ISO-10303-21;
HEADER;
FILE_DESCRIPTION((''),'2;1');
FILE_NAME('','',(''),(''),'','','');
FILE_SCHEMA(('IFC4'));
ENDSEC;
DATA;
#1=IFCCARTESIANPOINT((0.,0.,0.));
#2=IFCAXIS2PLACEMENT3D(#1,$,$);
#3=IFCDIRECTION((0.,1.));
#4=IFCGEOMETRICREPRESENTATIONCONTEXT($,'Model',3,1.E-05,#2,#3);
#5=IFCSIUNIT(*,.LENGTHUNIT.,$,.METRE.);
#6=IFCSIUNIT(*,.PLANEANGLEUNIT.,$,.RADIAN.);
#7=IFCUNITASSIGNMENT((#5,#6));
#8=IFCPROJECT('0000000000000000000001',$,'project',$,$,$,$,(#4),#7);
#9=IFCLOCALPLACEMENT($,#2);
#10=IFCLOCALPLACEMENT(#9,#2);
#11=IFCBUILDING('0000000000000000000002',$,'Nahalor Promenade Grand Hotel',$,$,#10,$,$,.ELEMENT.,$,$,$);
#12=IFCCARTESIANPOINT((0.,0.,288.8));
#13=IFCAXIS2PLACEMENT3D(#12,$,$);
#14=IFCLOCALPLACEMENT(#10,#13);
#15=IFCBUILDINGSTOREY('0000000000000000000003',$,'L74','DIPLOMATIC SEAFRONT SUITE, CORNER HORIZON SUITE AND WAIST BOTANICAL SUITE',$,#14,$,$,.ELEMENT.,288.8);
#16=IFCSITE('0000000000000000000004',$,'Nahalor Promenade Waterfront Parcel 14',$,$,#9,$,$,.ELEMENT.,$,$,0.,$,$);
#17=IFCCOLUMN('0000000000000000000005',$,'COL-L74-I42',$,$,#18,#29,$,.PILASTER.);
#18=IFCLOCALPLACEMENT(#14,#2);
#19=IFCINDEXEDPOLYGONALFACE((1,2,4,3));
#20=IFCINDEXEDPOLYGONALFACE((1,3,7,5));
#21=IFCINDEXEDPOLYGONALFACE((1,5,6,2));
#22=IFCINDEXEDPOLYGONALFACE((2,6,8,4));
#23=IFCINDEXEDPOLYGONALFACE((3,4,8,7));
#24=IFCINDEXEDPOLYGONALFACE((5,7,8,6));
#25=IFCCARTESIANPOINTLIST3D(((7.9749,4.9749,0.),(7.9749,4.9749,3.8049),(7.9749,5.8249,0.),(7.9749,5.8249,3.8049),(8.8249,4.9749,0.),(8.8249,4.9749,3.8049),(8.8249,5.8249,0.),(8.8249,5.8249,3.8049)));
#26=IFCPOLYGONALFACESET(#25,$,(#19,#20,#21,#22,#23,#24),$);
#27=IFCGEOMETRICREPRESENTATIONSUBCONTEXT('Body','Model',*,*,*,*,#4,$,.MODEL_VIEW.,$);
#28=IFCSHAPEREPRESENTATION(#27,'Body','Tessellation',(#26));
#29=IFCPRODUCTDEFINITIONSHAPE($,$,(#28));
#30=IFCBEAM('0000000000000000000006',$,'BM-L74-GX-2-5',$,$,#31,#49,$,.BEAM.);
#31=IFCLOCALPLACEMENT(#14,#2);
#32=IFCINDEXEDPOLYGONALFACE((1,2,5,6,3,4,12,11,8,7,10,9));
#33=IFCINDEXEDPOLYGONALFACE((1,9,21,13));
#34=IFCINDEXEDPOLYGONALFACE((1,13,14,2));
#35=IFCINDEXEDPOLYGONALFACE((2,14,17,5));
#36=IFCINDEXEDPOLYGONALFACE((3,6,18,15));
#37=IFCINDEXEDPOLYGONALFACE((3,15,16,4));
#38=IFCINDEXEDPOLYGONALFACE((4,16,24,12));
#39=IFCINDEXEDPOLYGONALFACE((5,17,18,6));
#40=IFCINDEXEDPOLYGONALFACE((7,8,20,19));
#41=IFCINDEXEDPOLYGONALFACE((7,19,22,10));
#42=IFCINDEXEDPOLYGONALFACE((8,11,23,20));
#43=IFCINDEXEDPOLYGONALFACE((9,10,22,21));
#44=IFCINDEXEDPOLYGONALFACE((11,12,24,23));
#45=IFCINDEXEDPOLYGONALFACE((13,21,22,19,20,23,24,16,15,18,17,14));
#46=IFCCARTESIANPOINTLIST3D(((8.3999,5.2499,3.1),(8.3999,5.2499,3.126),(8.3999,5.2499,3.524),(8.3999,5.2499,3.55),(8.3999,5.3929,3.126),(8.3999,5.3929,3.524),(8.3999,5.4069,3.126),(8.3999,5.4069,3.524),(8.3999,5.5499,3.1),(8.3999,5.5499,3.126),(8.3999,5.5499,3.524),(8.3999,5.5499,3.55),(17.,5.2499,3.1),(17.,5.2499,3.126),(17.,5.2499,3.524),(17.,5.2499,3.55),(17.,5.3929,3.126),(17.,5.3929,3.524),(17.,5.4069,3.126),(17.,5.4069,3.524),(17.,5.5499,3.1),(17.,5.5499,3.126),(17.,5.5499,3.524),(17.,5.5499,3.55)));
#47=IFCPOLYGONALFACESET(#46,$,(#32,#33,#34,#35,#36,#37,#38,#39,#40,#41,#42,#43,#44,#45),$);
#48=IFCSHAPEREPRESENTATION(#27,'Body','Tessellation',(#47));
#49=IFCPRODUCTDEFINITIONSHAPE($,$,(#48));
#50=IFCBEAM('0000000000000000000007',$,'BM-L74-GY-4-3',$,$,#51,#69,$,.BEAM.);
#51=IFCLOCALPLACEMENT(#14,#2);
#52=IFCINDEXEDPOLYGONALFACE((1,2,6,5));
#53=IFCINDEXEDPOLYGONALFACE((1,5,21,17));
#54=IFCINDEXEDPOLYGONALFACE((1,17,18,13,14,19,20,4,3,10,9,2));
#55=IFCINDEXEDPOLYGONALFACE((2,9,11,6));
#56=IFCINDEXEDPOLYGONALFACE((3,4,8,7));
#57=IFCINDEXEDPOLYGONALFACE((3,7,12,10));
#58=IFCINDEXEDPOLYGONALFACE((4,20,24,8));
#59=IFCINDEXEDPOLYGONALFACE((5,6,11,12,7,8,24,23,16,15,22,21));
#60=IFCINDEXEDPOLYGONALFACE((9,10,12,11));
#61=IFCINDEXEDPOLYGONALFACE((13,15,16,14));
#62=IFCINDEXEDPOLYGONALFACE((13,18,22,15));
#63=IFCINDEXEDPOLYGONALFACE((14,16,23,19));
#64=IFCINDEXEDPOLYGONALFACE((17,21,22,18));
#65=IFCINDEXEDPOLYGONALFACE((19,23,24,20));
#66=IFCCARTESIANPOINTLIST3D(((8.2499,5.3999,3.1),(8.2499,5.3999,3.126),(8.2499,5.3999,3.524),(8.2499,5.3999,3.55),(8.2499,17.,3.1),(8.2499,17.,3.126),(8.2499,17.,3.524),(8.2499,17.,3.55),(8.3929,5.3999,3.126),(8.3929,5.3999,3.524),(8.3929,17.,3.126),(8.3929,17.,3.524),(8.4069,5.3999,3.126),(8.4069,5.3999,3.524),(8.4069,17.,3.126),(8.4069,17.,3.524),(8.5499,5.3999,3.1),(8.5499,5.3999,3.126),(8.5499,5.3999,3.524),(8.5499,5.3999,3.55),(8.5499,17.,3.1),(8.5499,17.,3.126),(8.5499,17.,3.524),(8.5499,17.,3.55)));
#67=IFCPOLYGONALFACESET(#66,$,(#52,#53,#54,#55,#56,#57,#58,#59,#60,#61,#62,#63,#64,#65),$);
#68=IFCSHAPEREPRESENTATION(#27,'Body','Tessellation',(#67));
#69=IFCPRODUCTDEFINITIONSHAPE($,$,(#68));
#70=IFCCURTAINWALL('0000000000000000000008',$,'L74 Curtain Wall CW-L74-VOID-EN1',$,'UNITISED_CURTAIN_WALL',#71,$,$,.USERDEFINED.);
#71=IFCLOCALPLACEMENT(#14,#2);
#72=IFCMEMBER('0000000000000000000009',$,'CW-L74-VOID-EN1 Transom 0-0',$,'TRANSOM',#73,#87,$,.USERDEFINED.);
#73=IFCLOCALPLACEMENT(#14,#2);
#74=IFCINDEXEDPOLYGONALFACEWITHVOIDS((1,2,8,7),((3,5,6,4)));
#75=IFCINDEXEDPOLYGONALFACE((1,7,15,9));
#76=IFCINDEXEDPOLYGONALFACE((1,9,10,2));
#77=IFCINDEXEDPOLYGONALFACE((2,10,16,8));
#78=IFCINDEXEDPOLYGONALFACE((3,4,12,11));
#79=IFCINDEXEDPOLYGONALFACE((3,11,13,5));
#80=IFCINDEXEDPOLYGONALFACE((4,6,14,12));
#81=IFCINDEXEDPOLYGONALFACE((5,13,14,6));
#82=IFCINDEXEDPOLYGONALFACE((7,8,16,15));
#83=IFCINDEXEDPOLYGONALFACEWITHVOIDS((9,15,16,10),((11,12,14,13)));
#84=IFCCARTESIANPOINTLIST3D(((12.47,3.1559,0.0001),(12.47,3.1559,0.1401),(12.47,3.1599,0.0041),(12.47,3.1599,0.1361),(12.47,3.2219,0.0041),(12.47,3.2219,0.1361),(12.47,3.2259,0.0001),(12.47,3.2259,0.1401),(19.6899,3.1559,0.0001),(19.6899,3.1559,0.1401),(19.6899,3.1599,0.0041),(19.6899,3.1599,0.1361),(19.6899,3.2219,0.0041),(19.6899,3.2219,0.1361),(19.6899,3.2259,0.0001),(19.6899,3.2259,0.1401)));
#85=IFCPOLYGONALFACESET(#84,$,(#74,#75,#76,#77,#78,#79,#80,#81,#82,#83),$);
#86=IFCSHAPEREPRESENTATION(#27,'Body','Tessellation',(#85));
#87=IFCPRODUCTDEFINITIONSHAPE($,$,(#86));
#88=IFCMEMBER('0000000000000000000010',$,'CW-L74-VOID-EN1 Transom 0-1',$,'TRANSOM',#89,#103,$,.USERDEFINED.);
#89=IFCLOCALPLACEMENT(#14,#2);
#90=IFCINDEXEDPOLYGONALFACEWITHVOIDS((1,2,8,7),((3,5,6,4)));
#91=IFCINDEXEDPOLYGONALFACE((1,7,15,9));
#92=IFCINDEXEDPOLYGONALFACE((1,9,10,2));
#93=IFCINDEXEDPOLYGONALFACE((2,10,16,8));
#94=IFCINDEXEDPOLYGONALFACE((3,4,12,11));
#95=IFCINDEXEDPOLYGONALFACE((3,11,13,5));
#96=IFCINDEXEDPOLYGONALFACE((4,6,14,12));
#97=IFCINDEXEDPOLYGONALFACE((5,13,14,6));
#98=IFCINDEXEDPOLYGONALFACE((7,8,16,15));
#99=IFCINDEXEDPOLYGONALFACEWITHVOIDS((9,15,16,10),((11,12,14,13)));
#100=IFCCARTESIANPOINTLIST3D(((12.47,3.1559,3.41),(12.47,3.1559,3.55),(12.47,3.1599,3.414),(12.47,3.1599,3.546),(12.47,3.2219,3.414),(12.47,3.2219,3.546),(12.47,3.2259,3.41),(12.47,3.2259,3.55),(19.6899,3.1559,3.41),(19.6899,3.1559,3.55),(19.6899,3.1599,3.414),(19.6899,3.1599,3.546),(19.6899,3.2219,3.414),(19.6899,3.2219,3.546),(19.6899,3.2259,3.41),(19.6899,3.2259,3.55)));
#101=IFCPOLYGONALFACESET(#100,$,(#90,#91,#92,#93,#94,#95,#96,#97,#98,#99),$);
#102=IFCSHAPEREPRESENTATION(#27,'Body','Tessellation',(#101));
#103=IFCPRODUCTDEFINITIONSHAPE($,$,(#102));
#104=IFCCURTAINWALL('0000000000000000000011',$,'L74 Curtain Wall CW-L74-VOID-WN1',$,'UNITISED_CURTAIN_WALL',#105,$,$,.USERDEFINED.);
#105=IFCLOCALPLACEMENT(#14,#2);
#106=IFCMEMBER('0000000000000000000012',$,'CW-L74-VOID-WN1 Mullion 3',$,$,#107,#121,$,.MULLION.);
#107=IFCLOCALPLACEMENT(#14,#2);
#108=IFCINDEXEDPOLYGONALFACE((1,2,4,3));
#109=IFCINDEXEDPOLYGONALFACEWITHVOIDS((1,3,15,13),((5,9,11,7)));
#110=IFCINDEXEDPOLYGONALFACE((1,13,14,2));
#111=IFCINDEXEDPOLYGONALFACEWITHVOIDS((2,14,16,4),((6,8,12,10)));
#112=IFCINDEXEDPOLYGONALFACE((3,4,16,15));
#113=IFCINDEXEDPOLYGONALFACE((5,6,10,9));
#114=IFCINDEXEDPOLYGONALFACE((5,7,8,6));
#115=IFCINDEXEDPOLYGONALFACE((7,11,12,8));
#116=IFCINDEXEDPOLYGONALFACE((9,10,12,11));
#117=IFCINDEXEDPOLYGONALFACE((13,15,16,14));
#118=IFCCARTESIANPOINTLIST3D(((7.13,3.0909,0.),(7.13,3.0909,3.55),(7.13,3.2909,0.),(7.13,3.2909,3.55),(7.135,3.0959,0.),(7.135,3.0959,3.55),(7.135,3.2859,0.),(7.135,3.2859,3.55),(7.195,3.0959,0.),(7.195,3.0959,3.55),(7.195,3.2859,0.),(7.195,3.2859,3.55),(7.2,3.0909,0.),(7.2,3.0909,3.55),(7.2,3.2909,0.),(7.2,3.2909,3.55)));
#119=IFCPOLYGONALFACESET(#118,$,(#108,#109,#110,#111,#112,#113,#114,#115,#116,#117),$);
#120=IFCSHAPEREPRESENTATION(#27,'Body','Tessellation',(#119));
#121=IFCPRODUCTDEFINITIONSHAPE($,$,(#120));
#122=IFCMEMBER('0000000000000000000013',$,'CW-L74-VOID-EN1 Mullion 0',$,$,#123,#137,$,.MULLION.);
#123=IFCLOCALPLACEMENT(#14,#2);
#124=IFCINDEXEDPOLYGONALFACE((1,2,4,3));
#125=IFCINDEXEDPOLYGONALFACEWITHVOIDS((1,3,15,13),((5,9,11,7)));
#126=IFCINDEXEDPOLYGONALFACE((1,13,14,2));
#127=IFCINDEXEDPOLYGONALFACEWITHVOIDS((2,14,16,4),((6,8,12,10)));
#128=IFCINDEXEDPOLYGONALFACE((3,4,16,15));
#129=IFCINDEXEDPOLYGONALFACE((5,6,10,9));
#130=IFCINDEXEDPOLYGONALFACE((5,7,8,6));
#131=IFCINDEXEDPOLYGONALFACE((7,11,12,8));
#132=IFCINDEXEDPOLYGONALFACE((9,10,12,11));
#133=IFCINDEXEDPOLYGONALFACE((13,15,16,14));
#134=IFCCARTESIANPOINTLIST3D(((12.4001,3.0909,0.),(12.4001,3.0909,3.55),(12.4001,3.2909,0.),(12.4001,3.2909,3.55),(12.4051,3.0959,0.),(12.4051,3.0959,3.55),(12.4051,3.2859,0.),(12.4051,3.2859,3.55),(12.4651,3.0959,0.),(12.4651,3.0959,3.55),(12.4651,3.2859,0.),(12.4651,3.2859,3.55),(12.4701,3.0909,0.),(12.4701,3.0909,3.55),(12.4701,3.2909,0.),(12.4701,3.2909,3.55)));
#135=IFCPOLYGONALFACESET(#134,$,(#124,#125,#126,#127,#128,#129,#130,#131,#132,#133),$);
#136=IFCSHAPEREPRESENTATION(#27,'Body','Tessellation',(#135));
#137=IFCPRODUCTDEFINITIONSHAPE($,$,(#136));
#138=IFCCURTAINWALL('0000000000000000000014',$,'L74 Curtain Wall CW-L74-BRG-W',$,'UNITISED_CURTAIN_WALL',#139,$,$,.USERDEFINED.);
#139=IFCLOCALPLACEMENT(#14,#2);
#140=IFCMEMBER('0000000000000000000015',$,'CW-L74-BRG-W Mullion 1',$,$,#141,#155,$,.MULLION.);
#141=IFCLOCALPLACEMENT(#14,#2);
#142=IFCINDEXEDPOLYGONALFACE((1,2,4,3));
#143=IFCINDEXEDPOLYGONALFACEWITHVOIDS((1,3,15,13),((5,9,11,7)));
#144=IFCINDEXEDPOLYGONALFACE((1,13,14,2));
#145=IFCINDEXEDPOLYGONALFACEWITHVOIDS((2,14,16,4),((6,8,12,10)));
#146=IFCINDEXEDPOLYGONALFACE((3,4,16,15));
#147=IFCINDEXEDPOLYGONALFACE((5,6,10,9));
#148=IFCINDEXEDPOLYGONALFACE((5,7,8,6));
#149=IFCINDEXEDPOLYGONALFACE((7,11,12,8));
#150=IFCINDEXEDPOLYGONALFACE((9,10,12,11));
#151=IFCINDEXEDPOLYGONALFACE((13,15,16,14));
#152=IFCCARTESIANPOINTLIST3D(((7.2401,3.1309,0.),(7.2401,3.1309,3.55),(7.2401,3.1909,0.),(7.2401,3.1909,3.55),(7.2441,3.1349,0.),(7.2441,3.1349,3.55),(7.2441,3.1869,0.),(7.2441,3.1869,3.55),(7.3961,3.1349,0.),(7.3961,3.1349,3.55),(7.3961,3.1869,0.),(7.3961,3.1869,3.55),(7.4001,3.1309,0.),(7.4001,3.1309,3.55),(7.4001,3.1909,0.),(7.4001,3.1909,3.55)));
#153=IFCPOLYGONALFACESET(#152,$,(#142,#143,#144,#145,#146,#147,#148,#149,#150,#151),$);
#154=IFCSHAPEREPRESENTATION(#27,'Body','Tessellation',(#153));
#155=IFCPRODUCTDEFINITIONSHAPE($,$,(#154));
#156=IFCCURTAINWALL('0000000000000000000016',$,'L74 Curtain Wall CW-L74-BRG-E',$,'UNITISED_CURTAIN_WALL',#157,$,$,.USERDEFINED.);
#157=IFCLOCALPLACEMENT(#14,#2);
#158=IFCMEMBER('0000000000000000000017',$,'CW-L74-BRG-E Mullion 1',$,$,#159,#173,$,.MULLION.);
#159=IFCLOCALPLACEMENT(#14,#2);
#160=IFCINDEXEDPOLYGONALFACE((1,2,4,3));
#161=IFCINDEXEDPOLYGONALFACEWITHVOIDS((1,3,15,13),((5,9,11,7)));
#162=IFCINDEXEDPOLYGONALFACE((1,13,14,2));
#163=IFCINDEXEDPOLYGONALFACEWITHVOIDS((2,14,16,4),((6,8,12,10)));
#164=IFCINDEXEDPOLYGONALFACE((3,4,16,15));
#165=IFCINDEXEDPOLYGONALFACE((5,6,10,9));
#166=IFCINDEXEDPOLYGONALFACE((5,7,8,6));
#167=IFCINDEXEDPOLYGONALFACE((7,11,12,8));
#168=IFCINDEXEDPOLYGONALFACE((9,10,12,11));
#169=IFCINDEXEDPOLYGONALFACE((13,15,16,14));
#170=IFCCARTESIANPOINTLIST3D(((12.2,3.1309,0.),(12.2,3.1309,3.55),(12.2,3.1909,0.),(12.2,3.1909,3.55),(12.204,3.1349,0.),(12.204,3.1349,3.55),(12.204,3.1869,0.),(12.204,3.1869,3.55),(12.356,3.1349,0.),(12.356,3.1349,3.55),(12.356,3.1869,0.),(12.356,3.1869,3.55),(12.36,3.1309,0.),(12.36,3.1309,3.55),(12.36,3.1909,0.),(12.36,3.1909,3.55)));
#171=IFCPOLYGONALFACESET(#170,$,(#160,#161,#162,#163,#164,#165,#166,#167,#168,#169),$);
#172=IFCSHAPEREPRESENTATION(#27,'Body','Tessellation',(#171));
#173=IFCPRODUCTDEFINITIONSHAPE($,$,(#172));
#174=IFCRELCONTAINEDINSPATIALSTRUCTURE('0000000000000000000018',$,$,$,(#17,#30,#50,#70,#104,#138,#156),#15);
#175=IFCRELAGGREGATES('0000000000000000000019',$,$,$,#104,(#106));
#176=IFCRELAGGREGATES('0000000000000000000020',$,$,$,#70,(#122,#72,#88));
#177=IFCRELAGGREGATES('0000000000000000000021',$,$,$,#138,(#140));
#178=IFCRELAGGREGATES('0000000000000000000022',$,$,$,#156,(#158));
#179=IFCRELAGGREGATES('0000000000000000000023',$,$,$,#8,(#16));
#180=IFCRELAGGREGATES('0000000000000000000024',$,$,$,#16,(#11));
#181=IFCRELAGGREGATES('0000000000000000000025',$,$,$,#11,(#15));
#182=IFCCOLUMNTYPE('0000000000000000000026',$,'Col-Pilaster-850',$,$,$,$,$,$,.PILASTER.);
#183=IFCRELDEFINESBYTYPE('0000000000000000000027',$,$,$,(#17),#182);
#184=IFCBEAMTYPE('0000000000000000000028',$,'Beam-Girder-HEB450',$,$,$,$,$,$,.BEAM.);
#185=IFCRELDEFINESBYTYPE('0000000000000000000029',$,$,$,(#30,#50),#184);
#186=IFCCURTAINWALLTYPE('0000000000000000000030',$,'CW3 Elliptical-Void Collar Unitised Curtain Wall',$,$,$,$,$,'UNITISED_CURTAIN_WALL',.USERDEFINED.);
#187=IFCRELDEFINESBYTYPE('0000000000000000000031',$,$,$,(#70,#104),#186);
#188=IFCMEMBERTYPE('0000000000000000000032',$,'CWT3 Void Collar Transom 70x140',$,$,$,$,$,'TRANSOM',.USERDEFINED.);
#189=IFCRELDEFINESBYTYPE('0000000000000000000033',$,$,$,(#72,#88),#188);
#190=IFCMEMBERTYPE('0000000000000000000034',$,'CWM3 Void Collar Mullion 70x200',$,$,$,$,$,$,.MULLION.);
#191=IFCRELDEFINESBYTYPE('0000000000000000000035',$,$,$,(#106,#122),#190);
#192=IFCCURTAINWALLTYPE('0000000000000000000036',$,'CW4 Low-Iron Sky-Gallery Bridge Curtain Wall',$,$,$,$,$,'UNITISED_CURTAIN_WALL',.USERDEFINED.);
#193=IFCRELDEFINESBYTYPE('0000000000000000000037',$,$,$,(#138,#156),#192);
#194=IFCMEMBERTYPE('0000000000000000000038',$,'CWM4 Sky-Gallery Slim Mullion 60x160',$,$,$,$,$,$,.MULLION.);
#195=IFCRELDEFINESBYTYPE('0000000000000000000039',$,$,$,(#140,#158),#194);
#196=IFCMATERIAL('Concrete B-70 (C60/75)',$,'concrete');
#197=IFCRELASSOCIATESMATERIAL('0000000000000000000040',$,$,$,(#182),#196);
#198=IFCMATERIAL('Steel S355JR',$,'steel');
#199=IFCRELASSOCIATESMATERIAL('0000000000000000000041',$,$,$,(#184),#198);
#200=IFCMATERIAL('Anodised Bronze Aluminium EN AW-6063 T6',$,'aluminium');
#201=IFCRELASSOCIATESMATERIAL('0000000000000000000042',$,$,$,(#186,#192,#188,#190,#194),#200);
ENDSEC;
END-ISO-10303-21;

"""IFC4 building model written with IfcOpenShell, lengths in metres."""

from ifc_helpers import new_model, si_unit, direction, frame, origin, origin_2d, place, context, subcontext, project, spatial, rectangle, hollow_rectangle, i_section, extrude, source, transform, mapped, material, material_profile, profile_set, type_object, element, aggregate, save


model = new_model("IFC4")

# Units and contexts
model_context = context("Model", 3, precision=1e-05, world=origin(), true_north=direction((0.0, 1.0)))
body_context = subcontext(model_context, "Body", "Model", "MODEL_VIEW")
ifc_project = project(units=[si_unit("LENGTHUNIT", "METRE"), si_unit("PLANEANGLEUNIT", "RADIAN")], contexts=[model_context])

# Site, building, storey
site_placement = place(None, origin())
site = spatial("IfcSite", under=ifc_project, at=site_placement, Name="Nahalor Promenade Waterfront Parcel 14", CompositionType="ELEMENT", RefElevation=0.0)
building_placement = place(site_placement, origin())
building = spatial("IfcBuilding", under=site, at=building_placement, Name="Nahalor Promenade Grand Hotel", CompositionType="ELEMENT")
storey_placement = place(building_placement, frame((0.0, 0.0, 288.8)))
storey = spatial("IfcBuildingStorey", under=building, at=storey_placement, Name="L74", Description="DIPLOMATIC SEAFRONT SUITE, CORNER HORIZON SUITE AND WAIST BOTANICAL SUITE", CompositionType="ELEMENT", Elevation=288.8)

# Column
ifc_material_1 = material(Name="Concrete B-70 (C60/75)", Category="concrete")
ifc_material_profile_1 = material_profile(ifc_material_1, rectangle(XDim=0.85, YDim=0.85, at=origin_2d()), Name="RC 850x850")
ifc_profile_set_1 = profile_set([ifc_material_profile_1], Name="Concrete B-70 (C60/75)")
column_type = type_object("IfcColumnType", Name="Col-Pilaster-850", PredefinedType="PILASTER", material=ifc_profile_set_1)
shared_shape_1 = source(origin(), body_context, "Body", "SweptSolid", [
    extrude(rectangle(XDim=0.85, YDim=0.85, at=origin_2d()), origin(), (0.0, 0.0, 1.0), 3.8049),
])
column_placement = place(storey_placement, frame((8.3999, 5.3999, 0.0), z_axis=(0.0, 0.0, 1.0), x_axis=(1.0, 0.0, 0.0)))
element("IfcColumn", 1, at=column_placement, inside=storey, type_object=column_type, Name="COL-L74-I42", PredefinedType="PILASTER", context=body_context, shape_type="MappedRepresentation", body=[
    mapped(shared_shape_1, transform((0.0, 0.0, 0.0), scale=1.0)),
])

# Beams
ifc_material_2 = material(Name="Steel S355JR", Category="steel")
ifc_material_profile_2 = material_profile(ifc_material_2, i_section(OverallWidth=0.3, OverallDepth=0.45, WebThickness=0.014, FlangeThickness=0.026, at=origin_2d()), Name="HEB 450")
ifc_profile_set_2 = profile_set([ifc_material_profile_2], Name="Steel S355JR")
beam_type = type_object("IfcBeamType", Name="Beam-Girder-HEB450", PredefinedType="BEAM", material=ifc_profile_set_2)
shared_shape_2 = source(origin(), body_context, "Body", "SweptSolid", [
    extrude(i_section(OverallWidth=0.3, OverallDepth=0.45, WebThickness=0.014, FlangeThickness=0.026, at=origin_2d()), origin(), (0.0, 0.0, 1.0), 8.6001),
])
beam_1_placement = place(storey_placement, frame((8.3999, 5.3999, 3.325), z_axis=(1.0, 0.0, 0.0), x_axis=(0.0, 1.0, 0.0)))
element("IfcBeam", 2, at=beam_1_placement, inside=storey, type_object=beam_type, Name="BM-L74-GX-2-5", PredefinedType="BEAM", context=body_context, shape_type="MappedRepresentation", body=[
    mapped(shared_shape_2, transform((0.0, 0.0, 0.0), scale=1.0)),
])
shared_shape_3 = source(origin(), body_context, "Body", "SweptSolid", [
    extrude(i_section(OverallWidth=0.3, OverallDepth=0.45, WebThickness=0.014, FlangeThickness=0.026, at=origin_2d()), origin(), (0.0, 0.0, 1.0), 11.6001),
])
beam_2_placement = place(storey_placement, frame((8.3999, 5.3999, 3.325), z_axis=(0.0, 1.0, 0.0), x_axis=(-1.0, 0.0, 0.0)))
element("IfcBeam", 3, at=beam_2_placement, inside=storey, type_object=beam_type, Name="BM-L74-GY-4-3", PredefinedType="BEAM", context=body_context, shape_type="MappedRepresentation", body=[
    mapped(shared_shape_3, transform((0.0, 0.0, 0.0), scale=1.0)),
])

# Curtain wall, members
ifc_material_3 = material(Name="Anodised Bronze Aluminium EN AW-6063 T6", Category="aluminium")
curtain_wall_type_1 = type_object("IfcCurtainWallType", Name="CW3 Elliptical-Void Collar Unitised Curtain Wall", ElementType="UNITISED_CURTAIN_WALL", PredefinedType="USERDEFINED", material=ifc_material_3)
curtain_wall_1_placement = place(storey_placement, origin())
curtain_wall_1 = element("IfcCurtainWall", 4, at=curtain_wall_1_placement, inside=storey, type_object=curtain_wall_type_1, Name="L74 Curtain Wall CW-L74-VOID-EN1", ObjectType="UNITISED_CURTAIN_WALL", PredefinedType="USERDEFINED")
ifc_material_profile_3 = material_profile(ifc_material_3, hollow_rectangle(XDim=0.07, YDim=0.14, WallThickness=0.004, at=origin_2d()), Name="CWT 70x140x4")
ifc_profile_set_3 = profile_set([ifc_material_profile_3], Name="Anodised Bronze Aluminium EN AW-6063 T6")
member_type_1 = type_object("IfcMemberType", Name="CWT3 Void Collar Transom 70x140", ElementType="TRANSOM", PredefinedType="USERDEFINED", material=ifc_profile_set_3)
shared_shape_4 = source(origin(), body_context, "Body", "SweptSolid", [
    extrude(hollow_rectangle(XDim=0.07, YDim=0.14, WallThickness=0.004, at=origin_2d()), origin(), (0.0, 0.0, 1.0), 7.22),
])
member_1_placement = place(storey_placement, frame((12.47, 3.1909, 0.0701), z_axis=(1.0, 0.0, 0.0), x_axis=(0.0, 1.0, 0.0)))
member_1 = element("IfcMember", 5, at=member_1_placement, type_object=member_type_1, Name="CW-L74-VOID-EN1 Transom 0-0", ObjectType="TRANSOM", PredefinedType="USERDEFINED", context=body_context, shape_type="MappedRepresentation", body=[
    mapped(shared_shape_4, transform((0.0, 0.0, 0.0), scale=1.0)),
])
member_2_placement = place(storey_placement, frame((12.47, 3.1909, 3.48), z_axis=(1.0, 0.0, 0.0), x_axis=(0.0, 1.0, 0.0)))
member_2 = element("IfcMember", 6, at=member_2_placement, type_object=member_type_1, Name="CW-L74-VOID-EN1 Transom 0-1", ObjectType="TRANSOM", PredefinedType="USERDEFINED", context=body_context, shape_type="MappedRepresentation", body=[
    mapped(shared_shape_4, transform((0.0, 0.0, 0.0), scale=1.0)),
])

# Curtain wall, member
curtain_wall_2_placement = place(storey_placement, origin())
curtain_wall_2 = element("IfcCurtainWall", 7, at=curtain_wall_2_placement, inside=storey, type_object=curtain_wall_type_1, Name="L74 Curtain Wall CW-L74-VOID-WN1", ObjectType="UNITISED_CURTAIN_WALL", PredefinedType="USERDEFINED")
ifc_material_profile_4 = material_profile(ifc_material_3, hollow_rectangle(XDim=0.07, YDim=0.2, WallThickness=0.005, at=origin_2d()), Name="CWM 70x200x5")
ifc_profile_set_4 = profile_set([ifc_material_profile_4], Name="Anodised Bronze Aluminium EN AW-6063 T6")
member_type_2 = type_object("IfcMemberType", Name="CWM3 Void Collar Mullion 70x200", PredefinedType="MULLION", material=ifc_profile_set_4)
shared_shape_5 = source(origin(), body_context, "Body", "SweptSolid", [
    extrude(hollow_rectangle(XDim=0.07, YDim=0.2, WallThickness=0.005, at=origin_2d()), origin(), (0.0, 0.0, 1.0), 3.55),
])
member_3_placement = place(storey_placement, frame((7.165, 3.1909, 0.0), z_axis=(0.0, 0.0, 1.0), x_axis=(1.0, 0.0, 0.0)))
member_3 = element("IfcMember", 8, at=member_3_placement, type_object=member_type_2, Name="CW-L74-VOID-WN1 Mullion 3", PredefinedType="MULLION", context=body_context, shape_type="MappedRepresentation", body=[
    mapped(shared_shape_5, transform((0.0, 0.0, 0.0), scale=1.0)),
])
aggregate(curtain_wall_2, [member_3])

# Member
member_4_placement = place(storey_placement, frame((12.4351, 3.1909, 0.0), z_axis=(0.0, 0.0, 1.0), x_axis=(1.0, 0.0, 0.0)))
member_4 = element("IfcMember", 9, at=member_4_placement, type_object=member_type_2, Name="CW-L74-VOID-EN1 Mullion 0", PredefinedType="MULLION", context=body_context, shape_type="MappedRepresentation", body=[
    mapped(shared_shape_5, transform((0.0, 0.0, 0.0), scale=1.0)),
])
aggregate(curtain_wall_1, [member_4, member_1, member_2])

# Curtain walls, members
curtain_wall_type_2 = type_object("IfcCurtainWallType", Name="CW4 Low-Iron Sky-Gallery Bridge Curtain Wall", ElementType="UNITISED_CURTAIN_WALL", PredefinedType="USERDEFINED", material=ifc_material_3)
curtain_wall_3_placement = place(storey_placement, origin())
curtain_wall_3 = element("IfcCurtainWall", 10, at=curtain_wall_3_placement, inside=storey, type_object=curtain_wall_type_2, Name="L74 Curtain Wall CW-L74-BRG-W", ObjectType="UNITISED_CURTAIN_WALL", PredefinedType="USERDEFINED")
ifc_material_profile_5 = material_profile(ifc_material_3, hollow_rectangle(XDim=0.06, YDim=0.16, WallThickness=0.004, at=origin_2d()), Name="CWM 60x160x4")
ifc_profile_set_5 = profile_set([ifc_material_profile_5], Name="Anodised Bronze Aluminium EN AW-6063 T6")
member_type_3 = type_object("IfcMemberType", Name="CWM4 Sky-Gallery Slim Mullion 60x160", PredefinedType="MULLION", material=ifc_profile_set_5)
shared_shape_6 = source(origin(), body_context, "Body", "SweptSolid", [
    extrude(hollow_rectangle(XDim=0.06, YDim=0.16, WallThickness=0.004, at=origin_2d()), origin(), (0.0, 0.0, 1.0), 3.55),
])
member_5_placement = place(storey_placement, frame((7.3201, 3.1609, 0.0), z_axis=(0.0, 0.0, 1.0), x_axis=(0.0, 1.0, 0.0)))
member_5 = element("IfcMember", 11, at=member_5_placement, type_object=member_type_3, Name="CW-L74-BRG-W Mullion 1", PredefinedType="MULLION", context=body_context, shape_type="MappedRepresentation", body=[
    mapped(shared_shape_6, transform((0.0, 0.0, 0.0), scale=1.0)),
])
curtain_wall_4_placement = place(storey_placement, origin())
curtain_wall_4 = element("IfcCurtainWall", 12, at=curtain_wall_4_placement, inside=storey, type_object=curtain_wall_type_2, Name="L74 Curtain Wall CW-L74-BRG-E", ObjectType="UNITISED_CURTAIN_WALL", PredefinedType="USERDEFINED")
member_6_placement = place(storey_placement, frame((12.28, 3.1609, 0.0), z_axis=(0.0, 0.0, 1.0), x_axis=(0.0, 1.0, 0.0)))
member_6 = element("IfcMember", 13, at=member_6_placement, type_object=member_type_3, Name="CW-L74-BRG-E Mullion 1", PredefinedType="MULLION", context=body_context, shape_type="MappedRepresentation", body=[
    mapped(shared_shape_6, transform((0.0, 0.0, 0.0), scale=1.0)),
])

aggregate(curtain_wall_3, [member_5])
aggregate(curtain_wall_4, [member_6])

save(model, "model.ifc")
